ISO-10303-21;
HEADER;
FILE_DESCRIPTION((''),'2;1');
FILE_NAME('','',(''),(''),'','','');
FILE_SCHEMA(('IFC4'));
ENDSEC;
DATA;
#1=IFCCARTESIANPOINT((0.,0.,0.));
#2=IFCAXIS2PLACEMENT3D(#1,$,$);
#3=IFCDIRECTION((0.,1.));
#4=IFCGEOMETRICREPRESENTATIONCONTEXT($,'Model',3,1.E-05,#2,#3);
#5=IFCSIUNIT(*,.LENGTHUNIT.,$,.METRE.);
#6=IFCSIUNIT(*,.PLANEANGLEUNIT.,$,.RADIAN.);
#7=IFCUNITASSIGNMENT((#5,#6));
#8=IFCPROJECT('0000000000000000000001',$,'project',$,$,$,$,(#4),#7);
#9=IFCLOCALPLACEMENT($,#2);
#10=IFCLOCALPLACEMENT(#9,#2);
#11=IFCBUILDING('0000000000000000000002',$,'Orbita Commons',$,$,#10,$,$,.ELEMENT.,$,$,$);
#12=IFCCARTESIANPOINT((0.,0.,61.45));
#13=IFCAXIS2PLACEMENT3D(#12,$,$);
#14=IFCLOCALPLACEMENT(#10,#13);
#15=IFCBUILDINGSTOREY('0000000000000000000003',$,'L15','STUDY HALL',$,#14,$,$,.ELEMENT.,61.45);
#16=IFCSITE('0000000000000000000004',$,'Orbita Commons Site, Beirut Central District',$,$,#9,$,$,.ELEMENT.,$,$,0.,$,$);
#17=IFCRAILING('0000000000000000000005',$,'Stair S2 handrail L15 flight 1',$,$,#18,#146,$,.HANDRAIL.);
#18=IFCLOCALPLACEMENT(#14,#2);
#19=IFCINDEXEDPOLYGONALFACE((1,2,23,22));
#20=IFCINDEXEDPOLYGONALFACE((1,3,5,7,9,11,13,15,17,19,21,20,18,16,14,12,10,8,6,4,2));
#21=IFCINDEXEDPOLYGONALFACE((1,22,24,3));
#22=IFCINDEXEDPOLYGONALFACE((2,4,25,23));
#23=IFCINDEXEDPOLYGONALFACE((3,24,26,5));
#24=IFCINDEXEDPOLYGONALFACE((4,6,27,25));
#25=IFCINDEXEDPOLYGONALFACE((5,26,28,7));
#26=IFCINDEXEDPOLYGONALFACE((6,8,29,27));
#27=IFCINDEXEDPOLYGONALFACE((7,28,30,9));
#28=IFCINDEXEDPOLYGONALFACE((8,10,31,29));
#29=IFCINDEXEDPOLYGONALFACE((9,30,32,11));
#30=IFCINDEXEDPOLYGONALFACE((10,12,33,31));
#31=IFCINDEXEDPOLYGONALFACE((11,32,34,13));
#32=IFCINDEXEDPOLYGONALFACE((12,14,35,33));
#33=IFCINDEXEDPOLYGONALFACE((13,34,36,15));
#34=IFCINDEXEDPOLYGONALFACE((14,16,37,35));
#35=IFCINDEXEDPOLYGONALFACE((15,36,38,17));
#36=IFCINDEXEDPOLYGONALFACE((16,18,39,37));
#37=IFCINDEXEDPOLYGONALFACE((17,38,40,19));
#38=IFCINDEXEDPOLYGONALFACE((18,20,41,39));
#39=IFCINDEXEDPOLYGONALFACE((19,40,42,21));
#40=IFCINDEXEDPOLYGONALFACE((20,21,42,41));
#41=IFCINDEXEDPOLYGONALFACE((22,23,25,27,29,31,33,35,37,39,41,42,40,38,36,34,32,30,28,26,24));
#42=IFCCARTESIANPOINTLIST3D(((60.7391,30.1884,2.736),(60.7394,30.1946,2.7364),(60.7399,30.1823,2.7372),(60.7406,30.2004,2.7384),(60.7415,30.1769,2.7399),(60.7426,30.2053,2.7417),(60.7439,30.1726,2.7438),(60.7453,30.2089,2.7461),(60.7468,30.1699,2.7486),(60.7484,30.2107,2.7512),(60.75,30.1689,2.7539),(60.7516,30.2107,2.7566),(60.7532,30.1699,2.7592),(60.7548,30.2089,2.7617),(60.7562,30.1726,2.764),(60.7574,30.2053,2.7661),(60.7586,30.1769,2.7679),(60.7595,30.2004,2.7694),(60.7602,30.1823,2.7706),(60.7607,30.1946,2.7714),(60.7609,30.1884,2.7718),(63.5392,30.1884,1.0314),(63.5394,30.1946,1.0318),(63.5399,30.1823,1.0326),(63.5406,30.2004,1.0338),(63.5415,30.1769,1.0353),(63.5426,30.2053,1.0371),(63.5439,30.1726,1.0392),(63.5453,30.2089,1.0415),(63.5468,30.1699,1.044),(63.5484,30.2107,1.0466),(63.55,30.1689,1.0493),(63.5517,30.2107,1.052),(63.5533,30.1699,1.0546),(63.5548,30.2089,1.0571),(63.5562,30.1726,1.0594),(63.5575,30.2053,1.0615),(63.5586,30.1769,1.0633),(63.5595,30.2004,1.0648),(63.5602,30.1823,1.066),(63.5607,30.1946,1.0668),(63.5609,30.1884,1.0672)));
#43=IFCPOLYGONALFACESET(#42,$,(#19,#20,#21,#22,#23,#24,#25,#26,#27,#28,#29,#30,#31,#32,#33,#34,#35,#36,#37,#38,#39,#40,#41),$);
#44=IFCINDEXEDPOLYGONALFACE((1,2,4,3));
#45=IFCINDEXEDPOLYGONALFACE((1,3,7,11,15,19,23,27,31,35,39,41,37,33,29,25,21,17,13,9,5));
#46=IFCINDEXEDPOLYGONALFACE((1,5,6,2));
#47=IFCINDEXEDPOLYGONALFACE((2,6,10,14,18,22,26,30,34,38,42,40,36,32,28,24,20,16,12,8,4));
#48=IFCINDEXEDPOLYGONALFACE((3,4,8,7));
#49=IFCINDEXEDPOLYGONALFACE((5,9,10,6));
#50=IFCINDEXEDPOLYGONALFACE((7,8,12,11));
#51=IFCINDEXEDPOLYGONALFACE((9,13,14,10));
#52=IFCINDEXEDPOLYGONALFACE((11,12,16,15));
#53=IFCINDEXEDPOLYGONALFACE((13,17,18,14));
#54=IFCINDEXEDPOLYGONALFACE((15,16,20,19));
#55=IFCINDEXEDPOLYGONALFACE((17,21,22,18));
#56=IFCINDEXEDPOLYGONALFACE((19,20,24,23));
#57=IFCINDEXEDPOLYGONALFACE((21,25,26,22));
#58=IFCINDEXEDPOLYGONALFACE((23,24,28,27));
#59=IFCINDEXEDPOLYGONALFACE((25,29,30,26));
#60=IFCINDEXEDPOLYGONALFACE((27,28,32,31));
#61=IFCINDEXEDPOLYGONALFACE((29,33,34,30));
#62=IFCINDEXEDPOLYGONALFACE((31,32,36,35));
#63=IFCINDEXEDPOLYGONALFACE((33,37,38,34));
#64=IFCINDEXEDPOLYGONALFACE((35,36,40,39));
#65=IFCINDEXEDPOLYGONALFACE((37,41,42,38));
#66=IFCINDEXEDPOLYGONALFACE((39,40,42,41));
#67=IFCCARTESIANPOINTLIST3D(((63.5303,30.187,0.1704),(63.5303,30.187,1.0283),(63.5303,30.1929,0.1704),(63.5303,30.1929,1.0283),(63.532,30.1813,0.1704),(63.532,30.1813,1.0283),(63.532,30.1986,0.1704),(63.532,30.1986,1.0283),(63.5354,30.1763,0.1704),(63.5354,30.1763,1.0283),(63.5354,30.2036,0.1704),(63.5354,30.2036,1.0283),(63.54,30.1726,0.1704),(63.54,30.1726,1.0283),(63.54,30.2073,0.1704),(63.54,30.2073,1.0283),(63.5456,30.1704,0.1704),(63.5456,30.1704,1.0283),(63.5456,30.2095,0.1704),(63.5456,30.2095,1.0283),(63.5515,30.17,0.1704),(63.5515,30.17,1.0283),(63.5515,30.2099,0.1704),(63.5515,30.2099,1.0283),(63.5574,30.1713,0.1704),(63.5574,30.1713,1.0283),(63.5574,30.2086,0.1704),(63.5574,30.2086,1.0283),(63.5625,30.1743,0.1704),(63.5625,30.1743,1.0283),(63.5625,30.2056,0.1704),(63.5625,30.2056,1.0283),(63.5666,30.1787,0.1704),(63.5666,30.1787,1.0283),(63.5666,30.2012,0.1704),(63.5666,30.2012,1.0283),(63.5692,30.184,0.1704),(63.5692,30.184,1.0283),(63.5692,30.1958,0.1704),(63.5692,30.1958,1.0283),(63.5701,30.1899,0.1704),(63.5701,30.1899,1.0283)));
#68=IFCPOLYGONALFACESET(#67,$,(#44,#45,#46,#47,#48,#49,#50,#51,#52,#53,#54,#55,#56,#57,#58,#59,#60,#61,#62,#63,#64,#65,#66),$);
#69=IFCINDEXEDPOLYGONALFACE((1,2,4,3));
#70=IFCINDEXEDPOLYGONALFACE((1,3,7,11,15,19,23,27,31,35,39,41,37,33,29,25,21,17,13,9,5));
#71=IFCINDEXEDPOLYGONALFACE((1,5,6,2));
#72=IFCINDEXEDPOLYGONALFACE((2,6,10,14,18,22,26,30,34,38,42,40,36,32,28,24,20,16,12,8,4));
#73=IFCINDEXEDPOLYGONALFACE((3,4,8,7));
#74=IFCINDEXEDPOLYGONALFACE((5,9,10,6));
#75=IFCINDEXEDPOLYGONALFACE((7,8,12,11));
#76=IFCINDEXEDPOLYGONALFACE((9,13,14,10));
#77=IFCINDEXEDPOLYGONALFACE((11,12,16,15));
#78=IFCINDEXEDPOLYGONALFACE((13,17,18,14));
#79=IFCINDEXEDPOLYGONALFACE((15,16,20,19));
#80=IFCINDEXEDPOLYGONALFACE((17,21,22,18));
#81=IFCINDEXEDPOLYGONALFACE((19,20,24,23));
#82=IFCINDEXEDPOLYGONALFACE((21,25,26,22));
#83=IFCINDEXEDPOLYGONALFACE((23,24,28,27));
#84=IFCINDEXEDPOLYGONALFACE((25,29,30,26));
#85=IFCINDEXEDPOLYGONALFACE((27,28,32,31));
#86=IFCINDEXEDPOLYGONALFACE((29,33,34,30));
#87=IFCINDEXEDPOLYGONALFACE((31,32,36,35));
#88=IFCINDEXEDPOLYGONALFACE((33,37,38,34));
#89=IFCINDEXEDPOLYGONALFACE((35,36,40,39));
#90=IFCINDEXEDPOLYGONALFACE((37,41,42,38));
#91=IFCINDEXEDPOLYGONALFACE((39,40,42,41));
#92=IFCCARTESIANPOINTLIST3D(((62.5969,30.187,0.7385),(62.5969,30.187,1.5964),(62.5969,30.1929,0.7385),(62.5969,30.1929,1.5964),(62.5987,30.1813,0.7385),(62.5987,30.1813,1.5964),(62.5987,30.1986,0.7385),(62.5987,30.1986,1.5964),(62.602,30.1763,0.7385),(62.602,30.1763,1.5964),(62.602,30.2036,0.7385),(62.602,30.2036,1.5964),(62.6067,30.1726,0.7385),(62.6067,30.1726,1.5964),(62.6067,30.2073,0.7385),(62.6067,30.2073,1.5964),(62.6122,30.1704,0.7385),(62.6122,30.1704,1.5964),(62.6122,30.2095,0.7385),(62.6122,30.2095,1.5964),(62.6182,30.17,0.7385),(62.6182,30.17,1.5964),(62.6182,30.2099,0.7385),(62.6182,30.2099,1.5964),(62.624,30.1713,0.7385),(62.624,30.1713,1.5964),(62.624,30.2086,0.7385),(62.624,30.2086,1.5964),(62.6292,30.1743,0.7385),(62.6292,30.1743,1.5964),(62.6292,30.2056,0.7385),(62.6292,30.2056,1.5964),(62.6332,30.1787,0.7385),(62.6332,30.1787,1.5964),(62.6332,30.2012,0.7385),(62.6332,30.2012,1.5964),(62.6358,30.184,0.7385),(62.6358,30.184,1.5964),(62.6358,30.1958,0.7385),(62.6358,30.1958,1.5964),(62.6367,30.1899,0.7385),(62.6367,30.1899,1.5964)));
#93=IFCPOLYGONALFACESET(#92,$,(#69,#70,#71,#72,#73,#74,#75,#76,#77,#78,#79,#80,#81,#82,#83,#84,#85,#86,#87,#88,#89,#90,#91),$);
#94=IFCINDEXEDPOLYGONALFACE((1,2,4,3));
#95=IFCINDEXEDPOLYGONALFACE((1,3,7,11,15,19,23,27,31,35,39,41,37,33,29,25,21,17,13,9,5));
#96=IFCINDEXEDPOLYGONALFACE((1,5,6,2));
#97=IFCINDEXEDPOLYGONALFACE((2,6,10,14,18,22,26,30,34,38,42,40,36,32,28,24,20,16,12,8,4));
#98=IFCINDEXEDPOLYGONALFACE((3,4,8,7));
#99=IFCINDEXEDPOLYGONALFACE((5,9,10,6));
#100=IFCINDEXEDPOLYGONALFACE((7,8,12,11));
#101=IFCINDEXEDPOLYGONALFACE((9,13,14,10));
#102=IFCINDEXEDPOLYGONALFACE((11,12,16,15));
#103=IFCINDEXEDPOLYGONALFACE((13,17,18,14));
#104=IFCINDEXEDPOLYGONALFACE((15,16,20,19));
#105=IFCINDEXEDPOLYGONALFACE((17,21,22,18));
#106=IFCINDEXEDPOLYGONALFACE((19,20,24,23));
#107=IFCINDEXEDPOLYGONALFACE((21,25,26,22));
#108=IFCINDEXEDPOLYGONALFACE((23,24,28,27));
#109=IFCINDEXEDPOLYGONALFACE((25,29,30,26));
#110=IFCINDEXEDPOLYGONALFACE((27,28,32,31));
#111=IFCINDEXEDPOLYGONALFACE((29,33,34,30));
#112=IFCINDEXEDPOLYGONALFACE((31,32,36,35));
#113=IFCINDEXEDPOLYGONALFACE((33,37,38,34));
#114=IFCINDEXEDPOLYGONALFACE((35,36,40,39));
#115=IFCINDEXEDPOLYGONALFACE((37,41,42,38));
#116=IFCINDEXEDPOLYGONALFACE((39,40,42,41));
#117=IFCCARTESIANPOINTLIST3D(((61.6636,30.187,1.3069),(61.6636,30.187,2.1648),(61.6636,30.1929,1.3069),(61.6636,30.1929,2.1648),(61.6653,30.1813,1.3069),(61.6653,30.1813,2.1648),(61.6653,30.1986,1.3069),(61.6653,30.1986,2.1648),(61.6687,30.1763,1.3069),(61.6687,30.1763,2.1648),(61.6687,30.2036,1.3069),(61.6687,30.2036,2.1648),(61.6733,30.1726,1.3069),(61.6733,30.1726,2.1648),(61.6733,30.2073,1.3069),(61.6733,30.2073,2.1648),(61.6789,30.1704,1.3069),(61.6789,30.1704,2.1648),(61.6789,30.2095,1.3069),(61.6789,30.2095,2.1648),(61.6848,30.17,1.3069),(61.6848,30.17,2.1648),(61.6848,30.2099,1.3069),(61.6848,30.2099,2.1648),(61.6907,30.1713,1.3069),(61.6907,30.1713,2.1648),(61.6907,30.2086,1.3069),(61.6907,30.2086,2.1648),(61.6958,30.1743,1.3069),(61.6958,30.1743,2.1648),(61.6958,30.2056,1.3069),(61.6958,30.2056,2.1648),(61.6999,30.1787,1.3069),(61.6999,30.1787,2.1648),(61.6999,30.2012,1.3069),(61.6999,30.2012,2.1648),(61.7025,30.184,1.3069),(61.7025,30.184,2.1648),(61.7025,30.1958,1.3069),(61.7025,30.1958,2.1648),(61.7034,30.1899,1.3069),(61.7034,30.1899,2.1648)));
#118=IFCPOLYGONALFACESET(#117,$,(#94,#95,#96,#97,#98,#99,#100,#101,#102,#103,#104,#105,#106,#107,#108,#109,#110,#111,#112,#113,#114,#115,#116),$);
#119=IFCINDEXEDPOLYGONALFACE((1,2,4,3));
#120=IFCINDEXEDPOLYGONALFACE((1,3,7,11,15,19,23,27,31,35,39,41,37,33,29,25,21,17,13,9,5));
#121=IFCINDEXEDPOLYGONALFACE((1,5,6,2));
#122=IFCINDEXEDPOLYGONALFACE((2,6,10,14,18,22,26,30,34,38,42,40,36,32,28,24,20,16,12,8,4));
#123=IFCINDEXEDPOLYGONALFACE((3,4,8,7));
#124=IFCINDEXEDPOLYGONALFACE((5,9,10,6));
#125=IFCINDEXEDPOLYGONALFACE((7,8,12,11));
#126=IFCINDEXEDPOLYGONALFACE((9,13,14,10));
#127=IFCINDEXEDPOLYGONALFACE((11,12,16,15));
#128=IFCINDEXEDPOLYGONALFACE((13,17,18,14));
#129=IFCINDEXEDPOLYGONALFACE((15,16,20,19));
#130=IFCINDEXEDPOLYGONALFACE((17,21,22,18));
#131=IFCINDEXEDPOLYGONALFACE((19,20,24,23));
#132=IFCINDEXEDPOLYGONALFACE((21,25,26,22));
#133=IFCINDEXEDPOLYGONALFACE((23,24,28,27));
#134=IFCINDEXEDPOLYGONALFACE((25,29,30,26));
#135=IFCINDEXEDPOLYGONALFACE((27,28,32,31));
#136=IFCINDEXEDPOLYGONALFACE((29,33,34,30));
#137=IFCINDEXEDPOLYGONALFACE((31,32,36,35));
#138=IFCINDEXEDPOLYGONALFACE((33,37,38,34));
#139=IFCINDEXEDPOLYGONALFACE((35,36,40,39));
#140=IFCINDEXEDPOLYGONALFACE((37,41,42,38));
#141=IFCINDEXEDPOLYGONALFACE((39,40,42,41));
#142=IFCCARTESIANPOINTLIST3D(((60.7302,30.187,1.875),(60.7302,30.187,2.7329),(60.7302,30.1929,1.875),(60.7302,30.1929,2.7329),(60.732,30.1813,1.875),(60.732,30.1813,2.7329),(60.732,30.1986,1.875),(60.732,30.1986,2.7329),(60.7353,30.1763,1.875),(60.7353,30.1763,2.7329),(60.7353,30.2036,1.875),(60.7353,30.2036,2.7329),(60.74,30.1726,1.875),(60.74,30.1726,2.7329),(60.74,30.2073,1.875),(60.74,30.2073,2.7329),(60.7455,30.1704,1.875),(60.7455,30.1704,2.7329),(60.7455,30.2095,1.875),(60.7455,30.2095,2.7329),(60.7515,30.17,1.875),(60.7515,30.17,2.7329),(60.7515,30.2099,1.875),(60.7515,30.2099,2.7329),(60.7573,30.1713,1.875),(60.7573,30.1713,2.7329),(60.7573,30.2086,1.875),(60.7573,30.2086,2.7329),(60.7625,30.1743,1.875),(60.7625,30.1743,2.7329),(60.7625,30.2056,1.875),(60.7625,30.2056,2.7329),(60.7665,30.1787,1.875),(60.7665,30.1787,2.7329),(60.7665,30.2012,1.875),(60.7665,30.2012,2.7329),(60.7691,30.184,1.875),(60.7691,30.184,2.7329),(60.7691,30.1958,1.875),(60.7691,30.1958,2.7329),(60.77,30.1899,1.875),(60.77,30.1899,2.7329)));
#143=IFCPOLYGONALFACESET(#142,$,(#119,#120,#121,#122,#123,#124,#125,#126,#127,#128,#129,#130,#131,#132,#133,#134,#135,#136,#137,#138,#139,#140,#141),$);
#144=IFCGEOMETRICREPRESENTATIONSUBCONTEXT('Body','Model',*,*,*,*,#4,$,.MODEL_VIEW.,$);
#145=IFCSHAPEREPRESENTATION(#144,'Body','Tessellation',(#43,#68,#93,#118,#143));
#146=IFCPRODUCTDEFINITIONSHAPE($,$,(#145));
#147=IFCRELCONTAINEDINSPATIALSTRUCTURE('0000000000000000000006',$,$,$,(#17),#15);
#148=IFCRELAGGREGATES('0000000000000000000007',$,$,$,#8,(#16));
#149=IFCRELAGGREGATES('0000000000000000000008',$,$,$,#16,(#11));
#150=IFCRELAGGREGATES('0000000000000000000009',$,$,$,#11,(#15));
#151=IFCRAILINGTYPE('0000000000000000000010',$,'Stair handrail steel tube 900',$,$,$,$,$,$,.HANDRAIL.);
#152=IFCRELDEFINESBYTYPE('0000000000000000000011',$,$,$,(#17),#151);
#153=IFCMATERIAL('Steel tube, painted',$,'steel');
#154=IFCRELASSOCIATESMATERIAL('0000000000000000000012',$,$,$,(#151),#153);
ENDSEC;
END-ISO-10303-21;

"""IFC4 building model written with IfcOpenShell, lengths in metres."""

from ifc_helpers import new_model, si_unit, direction, frame, origin, origin_2d, place, context, subcontext, project, spatial, circle, extrude, material, type_object, element, save


model = new_model("IFC4")

# Units and contexts
model_context = context("Model", 3, precision=1e-05, world=origin(), true_north=direction((0.0, 1.0)))
body_context = subcontext(model_context, "Body", "Model", "MODEL_VIEW")
ifc_project = project(units=[si_unit("LENGTHUNIT", "METRE"), si_unit("PLANEANGLEUNIT", "RADIAN")], contexts=[model_context])

# Site, building, storey
site_placement = place(None, origin())
site = spatial("IfcSite", under=ifc_project, at=site_placement, Name="Orbita Commons Site, Beirut Central District", CompositionType="ELEMENT", RefElevation=0.0)
building_placement = place(site_placement, origin())
building = spatial("IfcBuilding", under=site, at=building_placement, Name="Orbita Commons", CompositionType="ELEMENT")
storey_placement = place(building_placement, frame((0.0, 0.0, 61.45)))
storey = spatial("IfcBuildingStorey", under=building, at=storey_placement, Name="L15", Description="STUDY HALL", CompositionType="ELEMENT", Elevation=61.45)

# Railing
ifc_material_1 = material(Name="Steel tube, painted", Category="steel")
railing_type = type_object("IfcRailingType", Name="Stair handrail steel tube 900", PredefinedType="HANDRAIL", material=ifc_material_1)
railing_placement = place(storey_placement, frame((63.55, 30.1899, 0.1704)))
element("IfcRailing", 1, at=railing_placement, inside=storey, type_object=railing_type, Name="Stair S2 handrail L15 flight 1", PredefinedType="HANDRAIL", context=body_context, shape_type="SweptSolid", body=[
    extrude(circle(Radius=0.021, at=origin_2d()), frame((0.0, 0.0, 0.8789), z_axis=(-0.85417, 0.0, 0.519994), x_axis=(0.0, -1.0, 0.0)), (0.0, 0.0, 1.0), 3.2781),
    extrude(circle(Radius=0.02, at=origin_2d()), origin(), (0.0, 0.0, 1.0), 0.8579),
    extrude(circle(Radius=0.02, at=origin_2d()), frame((-0.9333, 0.0, 0.5681)), (0.0, 0.0, 1.0), 0.8579),
    extrude(circle(Radius=0.02, at=origin_2d()), frame((-1.8667, 0.0, 1.1365)), (0.0, 0.0, 1.0), 0.8579),
    extrude(circle(Radius=0.02, at=origin_2d()), frame((-2.8, 0.0, 1.7046)), (0.0, 0.0, 1.0), 0.8579),
])

save(model, "model.ifc")
